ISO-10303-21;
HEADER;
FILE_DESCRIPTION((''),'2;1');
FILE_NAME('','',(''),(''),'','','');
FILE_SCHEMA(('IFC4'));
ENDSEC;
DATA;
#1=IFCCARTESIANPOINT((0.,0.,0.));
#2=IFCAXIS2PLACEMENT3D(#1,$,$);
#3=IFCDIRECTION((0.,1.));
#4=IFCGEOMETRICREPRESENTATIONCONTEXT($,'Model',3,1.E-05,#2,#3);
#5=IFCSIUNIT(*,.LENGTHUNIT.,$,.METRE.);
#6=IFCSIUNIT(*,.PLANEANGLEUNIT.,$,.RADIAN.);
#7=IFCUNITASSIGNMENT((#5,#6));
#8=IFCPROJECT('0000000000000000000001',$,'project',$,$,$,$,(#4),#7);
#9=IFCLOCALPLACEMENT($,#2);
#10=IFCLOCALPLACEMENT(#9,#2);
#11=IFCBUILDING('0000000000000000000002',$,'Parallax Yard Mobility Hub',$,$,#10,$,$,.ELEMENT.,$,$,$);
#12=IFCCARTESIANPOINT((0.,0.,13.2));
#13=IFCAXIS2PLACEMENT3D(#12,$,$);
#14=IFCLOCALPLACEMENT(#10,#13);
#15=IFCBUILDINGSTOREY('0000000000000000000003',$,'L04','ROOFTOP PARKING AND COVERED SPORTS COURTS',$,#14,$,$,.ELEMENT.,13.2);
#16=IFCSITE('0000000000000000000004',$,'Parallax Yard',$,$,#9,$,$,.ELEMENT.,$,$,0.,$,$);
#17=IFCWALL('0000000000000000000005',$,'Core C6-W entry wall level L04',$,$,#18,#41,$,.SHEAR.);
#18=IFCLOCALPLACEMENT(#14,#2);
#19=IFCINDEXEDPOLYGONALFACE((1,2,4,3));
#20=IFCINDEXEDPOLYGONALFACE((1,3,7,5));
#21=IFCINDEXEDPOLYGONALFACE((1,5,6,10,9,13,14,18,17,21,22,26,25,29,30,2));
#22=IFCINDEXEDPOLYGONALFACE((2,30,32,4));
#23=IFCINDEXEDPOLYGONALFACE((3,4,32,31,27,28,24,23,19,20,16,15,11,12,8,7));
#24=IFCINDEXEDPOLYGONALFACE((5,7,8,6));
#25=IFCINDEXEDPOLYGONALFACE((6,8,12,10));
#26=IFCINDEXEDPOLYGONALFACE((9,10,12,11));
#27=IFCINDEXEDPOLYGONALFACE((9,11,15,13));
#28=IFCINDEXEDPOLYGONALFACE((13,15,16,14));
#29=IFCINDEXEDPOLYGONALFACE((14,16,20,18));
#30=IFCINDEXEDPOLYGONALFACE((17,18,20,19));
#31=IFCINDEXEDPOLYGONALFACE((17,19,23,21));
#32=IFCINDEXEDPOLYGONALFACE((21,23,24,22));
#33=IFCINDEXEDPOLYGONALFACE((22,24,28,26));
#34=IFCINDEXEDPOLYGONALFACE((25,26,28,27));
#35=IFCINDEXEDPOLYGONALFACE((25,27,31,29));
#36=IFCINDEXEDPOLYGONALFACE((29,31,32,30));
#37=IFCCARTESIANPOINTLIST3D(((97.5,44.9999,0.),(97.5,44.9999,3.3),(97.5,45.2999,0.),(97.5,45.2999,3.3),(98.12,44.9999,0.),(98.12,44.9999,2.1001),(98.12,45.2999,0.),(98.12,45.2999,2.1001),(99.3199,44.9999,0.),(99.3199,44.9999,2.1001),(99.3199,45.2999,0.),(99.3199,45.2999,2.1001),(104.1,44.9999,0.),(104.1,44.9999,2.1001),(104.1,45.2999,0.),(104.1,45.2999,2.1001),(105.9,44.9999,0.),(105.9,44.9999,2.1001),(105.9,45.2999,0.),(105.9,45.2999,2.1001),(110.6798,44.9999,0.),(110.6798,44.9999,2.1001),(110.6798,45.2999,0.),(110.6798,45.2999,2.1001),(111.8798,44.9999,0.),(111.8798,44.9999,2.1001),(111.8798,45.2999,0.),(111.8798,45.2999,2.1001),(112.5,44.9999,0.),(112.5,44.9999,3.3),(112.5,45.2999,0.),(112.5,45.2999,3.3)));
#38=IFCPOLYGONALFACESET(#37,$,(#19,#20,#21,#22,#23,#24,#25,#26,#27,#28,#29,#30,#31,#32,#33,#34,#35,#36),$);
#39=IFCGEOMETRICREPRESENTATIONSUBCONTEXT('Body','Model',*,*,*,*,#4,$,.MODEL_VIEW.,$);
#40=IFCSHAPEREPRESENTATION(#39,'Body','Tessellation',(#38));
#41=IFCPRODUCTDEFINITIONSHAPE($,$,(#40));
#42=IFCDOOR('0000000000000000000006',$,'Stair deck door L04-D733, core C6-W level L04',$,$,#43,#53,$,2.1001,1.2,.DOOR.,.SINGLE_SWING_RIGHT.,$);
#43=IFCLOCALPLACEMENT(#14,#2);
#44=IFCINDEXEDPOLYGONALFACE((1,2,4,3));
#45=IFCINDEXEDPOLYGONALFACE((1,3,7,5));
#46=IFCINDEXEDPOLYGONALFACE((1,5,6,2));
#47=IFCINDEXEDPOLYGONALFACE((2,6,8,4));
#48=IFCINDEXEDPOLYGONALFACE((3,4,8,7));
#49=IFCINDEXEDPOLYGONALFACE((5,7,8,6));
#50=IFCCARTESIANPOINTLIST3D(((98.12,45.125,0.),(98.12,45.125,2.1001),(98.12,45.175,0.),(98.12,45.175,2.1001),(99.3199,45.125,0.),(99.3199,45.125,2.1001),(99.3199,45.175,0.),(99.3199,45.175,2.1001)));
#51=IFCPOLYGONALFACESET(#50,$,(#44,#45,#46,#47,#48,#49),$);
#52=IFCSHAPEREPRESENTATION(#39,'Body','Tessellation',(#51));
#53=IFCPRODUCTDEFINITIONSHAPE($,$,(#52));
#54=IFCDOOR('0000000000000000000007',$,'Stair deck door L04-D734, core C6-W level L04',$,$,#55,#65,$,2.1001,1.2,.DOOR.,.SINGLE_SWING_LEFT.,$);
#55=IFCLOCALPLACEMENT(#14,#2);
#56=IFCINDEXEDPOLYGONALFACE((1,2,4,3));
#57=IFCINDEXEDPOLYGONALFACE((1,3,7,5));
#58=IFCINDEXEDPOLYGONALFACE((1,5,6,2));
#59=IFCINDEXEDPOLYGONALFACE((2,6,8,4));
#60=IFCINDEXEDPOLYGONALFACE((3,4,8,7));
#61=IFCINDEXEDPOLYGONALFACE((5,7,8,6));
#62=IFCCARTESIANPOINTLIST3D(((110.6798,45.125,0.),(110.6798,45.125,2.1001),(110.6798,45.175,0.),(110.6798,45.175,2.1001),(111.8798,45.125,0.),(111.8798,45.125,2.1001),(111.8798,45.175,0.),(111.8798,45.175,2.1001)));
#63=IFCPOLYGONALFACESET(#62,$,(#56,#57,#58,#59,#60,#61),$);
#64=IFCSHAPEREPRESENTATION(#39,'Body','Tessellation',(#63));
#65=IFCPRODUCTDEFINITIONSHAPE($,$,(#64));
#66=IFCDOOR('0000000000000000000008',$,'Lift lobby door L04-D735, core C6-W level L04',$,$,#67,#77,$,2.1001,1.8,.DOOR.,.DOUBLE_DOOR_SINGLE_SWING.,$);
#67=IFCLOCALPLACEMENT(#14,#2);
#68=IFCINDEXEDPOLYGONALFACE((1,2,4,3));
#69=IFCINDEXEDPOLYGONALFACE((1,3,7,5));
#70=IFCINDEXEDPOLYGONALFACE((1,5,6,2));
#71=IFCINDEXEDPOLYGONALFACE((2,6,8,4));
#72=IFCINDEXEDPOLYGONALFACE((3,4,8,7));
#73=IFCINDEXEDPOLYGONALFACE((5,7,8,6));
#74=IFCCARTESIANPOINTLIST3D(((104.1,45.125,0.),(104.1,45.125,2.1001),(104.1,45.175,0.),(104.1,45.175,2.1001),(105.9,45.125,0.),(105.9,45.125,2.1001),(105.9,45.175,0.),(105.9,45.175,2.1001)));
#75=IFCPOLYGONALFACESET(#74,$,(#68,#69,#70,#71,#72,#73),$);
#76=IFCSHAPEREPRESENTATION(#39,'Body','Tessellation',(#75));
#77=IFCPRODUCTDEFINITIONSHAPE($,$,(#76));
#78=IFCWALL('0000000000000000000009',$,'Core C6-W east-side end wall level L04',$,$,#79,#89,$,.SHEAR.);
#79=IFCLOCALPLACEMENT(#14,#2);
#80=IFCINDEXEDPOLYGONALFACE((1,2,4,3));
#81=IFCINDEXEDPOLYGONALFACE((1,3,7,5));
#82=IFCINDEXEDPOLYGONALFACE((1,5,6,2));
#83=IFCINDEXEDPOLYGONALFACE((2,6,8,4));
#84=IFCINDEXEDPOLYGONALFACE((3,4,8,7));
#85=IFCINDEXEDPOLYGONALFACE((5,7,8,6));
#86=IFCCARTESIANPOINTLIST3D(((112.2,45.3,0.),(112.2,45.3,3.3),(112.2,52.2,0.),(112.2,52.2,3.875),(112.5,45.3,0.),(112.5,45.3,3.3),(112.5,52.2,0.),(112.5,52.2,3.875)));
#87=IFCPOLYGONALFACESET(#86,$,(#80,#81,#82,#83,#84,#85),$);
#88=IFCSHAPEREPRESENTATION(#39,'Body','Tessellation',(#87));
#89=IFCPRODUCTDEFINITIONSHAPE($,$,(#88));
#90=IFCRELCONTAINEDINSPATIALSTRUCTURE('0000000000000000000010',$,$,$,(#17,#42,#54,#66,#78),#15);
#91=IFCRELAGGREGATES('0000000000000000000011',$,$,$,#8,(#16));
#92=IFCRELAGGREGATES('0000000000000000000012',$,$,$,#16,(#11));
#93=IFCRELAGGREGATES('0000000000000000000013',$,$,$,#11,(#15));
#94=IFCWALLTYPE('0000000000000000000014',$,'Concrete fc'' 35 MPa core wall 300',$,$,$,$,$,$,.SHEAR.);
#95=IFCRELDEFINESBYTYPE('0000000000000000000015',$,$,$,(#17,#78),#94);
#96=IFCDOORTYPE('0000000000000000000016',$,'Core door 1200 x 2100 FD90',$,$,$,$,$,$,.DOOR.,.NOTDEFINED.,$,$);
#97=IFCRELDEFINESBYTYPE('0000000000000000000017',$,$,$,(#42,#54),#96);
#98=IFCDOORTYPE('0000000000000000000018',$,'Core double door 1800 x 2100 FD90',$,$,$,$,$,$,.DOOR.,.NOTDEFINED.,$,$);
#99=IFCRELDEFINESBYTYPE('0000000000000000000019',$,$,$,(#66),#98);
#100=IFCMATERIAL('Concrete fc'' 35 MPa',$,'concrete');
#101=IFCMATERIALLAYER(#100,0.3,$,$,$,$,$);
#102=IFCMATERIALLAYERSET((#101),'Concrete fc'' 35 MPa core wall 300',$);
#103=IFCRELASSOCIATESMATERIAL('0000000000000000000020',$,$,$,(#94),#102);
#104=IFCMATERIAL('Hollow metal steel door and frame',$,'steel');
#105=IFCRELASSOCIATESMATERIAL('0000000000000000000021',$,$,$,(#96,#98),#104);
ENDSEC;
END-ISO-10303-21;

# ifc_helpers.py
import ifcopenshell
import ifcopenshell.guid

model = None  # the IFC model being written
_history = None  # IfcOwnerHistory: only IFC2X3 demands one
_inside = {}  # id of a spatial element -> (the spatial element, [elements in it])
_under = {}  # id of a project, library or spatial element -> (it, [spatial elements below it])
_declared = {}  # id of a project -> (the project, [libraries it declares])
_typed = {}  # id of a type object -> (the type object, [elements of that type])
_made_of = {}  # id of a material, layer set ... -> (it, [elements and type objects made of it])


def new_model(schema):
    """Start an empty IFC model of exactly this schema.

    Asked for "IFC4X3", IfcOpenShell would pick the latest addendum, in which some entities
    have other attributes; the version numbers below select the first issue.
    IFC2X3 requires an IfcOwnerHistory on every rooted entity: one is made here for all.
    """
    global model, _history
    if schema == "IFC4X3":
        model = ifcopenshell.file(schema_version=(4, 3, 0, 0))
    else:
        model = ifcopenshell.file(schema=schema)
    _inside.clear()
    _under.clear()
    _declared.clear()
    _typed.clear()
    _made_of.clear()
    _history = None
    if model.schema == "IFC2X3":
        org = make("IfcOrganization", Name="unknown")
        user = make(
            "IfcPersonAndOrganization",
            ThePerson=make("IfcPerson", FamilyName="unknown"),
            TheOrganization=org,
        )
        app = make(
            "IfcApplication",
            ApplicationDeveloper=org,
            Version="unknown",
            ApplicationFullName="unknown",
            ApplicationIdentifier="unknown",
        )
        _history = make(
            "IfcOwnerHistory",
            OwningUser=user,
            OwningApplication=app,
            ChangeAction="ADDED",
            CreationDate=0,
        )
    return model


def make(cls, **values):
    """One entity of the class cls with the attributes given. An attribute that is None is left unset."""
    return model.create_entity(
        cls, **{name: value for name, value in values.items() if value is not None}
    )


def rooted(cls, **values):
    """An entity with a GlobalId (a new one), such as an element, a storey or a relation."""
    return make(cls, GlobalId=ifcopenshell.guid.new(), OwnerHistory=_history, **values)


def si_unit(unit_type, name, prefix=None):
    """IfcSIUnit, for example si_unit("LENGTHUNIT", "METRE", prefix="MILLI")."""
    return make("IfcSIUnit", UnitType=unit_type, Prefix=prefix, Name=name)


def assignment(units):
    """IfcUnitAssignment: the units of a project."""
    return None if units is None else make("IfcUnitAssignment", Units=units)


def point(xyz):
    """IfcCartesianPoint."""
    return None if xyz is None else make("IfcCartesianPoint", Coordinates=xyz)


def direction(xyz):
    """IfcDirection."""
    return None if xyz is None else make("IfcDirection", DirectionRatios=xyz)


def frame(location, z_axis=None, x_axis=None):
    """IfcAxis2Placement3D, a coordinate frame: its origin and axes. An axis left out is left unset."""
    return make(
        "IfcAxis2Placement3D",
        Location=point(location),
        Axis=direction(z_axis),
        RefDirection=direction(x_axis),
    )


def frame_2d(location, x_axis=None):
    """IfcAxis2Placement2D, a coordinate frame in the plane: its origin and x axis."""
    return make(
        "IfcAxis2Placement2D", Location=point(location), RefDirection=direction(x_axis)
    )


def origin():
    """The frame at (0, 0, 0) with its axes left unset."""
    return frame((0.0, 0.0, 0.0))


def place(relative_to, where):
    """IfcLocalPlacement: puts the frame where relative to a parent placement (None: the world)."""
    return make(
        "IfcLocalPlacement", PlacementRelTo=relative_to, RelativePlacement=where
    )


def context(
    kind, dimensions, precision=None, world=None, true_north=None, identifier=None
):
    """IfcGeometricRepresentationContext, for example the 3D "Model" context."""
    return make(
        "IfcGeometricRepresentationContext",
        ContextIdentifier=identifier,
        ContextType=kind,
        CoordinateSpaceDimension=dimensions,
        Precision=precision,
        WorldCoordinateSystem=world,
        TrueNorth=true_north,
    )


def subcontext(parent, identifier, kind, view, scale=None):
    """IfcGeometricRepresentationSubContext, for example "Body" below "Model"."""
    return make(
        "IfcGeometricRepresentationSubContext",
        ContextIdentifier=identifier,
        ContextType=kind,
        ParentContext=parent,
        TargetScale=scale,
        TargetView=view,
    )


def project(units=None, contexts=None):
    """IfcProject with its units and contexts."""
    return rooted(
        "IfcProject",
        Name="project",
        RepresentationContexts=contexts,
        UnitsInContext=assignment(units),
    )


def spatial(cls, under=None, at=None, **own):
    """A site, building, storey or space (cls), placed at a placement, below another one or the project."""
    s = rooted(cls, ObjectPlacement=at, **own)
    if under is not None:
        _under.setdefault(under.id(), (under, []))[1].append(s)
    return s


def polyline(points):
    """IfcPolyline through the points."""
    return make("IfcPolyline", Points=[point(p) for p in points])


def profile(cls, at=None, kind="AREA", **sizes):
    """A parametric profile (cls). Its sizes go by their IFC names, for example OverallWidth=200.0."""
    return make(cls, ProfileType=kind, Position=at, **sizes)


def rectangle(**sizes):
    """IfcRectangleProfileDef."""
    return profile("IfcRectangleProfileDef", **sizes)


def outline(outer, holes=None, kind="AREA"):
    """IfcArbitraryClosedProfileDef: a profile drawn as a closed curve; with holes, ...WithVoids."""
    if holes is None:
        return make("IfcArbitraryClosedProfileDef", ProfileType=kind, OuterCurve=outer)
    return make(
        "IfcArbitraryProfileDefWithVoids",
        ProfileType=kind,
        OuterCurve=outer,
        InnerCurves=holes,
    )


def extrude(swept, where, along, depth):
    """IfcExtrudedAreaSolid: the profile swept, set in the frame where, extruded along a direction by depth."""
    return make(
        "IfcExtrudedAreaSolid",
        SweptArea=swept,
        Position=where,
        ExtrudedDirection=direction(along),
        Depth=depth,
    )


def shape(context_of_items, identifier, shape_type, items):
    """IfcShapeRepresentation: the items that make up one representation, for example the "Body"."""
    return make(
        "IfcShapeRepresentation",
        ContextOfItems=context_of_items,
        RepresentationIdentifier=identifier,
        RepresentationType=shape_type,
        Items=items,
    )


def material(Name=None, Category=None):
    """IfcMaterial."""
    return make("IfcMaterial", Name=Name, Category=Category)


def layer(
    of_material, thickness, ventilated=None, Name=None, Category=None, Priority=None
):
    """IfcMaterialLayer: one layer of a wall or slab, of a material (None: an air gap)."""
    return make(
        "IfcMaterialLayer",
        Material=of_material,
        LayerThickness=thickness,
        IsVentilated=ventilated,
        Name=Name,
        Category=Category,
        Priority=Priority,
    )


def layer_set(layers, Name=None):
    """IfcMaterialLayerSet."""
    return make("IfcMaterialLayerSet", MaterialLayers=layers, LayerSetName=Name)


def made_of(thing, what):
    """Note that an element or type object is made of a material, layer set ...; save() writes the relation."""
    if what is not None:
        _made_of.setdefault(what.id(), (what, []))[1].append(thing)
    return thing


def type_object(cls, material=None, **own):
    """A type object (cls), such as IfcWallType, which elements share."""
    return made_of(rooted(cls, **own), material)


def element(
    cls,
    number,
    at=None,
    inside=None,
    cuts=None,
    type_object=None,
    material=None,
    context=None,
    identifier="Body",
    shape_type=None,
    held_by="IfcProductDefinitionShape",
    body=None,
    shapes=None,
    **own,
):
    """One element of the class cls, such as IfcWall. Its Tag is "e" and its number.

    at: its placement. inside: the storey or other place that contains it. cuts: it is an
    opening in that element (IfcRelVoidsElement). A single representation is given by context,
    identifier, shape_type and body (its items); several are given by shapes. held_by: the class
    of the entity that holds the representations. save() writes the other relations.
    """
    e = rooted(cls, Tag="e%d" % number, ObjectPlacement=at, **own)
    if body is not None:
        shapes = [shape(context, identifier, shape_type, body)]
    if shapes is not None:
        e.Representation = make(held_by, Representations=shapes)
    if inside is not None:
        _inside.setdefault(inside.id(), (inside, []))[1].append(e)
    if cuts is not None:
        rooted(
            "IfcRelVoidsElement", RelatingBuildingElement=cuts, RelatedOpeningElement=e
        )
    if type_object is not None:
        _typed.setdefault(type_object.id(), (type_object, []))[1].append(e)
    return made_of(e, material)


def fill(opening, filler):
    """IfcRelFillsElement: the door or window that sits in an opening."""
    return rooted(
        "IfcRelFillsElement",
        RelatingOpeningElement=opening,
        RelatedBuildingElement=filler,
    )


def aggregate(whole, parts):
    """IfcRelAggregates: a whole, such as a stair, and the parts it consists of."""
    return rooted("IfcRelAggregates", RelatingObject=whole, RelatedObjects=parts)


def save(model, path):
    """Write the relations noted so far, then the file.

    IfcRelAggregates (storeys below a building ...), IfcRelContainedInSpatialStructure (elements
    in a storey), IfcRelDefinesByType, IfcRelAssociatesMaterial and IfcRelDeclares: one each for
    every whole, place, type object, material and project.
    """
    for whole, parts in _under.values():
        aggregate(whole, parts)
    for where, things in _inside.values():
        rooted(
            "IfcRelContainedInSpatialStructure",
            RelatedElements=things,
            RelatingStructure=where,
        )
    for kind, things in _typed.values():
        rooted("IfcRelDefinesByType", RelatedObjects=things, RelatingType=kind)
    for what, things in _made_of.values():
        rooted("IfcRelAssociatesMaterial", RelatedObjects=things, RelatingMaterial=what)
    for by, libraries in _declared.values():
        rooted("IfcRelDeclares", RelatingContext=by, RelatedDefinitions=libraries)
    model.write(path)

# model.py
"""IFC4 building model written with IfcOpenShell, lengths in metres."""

from ifc_helpers import new_model, si_unit, direction, frame, frame_2d, origin, place, context, subcontext, project, spatial, polyline, rectangle, outline, extrude, material, layer, layer_set, type_object, element, fill, save


model = new_model("IFC4")

# Units and contexts
model_context = context("Model", 3, precision=1e-05, world=origin(), true_north=direction((0.0, 1.0)))
body_context = subcontext(model_context, "Body", "Model", "MODEL_VIEW")
ifc_project = project(units=[si_unit("LENGTHUNIT", "METRE"), si_unit("PLANEANGLEUNIT", "RADIAN")], contexts=[model_context])

# Site, building, storey
site_placement = place(None, origin())
site = spatial("IfcSite", under=ifc_project, at=site_placement, Name="Parallax Yard", CompositionType="ELEMENT", RefElevation=0.0)
building_placement = place(site_placement, origin())
building = spatial("IfcBuilding", under=site, at=building_placement, Name="Parallax Yard Mobility Hub", CompositionType="ELEMENT")
storey_placement = place(building_placement, frame((0.0, 0.0, 13.2)))
storey = spatial("IfcBuildingStorey", under=building, at=storey_placement, Name="L04", Description="ROOFTOP PARKING AND COVERED SPORTS COURTS", CompositionType="ELEMENT", Elevation=13.2)

# Wall, openings, doors
ifc_material_1 = material(Name="Concrete fc' 35 MPa", Category="concrete")
ifc_layer_1 = layer(ifc_material_1, 0.3)
ifc_layer_set_1 = layer_set([ifc_layer_1], Name="Concrete fc' 35 MPa core wall 300")
wall_type = type_object("IfcWallType", Name="Concrete fc' 35 MPa core wall 300", PredefinedType="SHEAR", material=ifc_layer_set_1)
wall_1_placement = place(storey_placement, frame((112.5, 45.1499, 0.0), z_axis=(0.0, 0.0, 1.0), x_axis=(-1.0, 0.0, 0.0)))
wall_1 = element("IfcWall", 1, at=wall_1_placement, inside=storey, type_object=wall_type, Name="Core C6-W entry wall level L04", PredefinedType="SHEAR", context=body_context, shape_type="SweptSolid", body=[
    extrude(rectangle(XDim=15.0, YDim=0.3, at=frame_2d((7.5, 0.0))), origin(), (0.0, 0.0, 1.0), 3.3),
])
opening_1_placement = place(wall_1_placement, frame((13.1799, 0.0, 0.0)))
opening_1 = element("IfcOpeningElement", 2, at=opening_1_placement, cuts=wall_1, PredefinedType="OPENING", context=body_context, shape_type="SweptSolid", body=[
    extrude(rectangle(XDim=1.2, YDim=2.1001, at=frame_2d((0.6001, 1.05))), frame((0.0, 0.1602, 0.0), z_axis=(0.0, -1.0, 0.0), x_axis=(1.0, 0.0, 0.0)), (0.0, 0.0, 1.0), 0.3201),
])
opening_2_placement = place(wall_1_placement, frame((0.6201, 0.0, 0.0)))
opening_2 = element("IfcOpeningElement", 3, at=opening_2_placement, cuts=wall_1, PredefinedType="OPENING", context=body_context, shape_type="SweptSolid", body=[
    extrude(rectangle(XDim=1.2, YDim=2.1001, at=frame_2d((0.6001, 1.05))), frame((0.0, 0.1602, 0.0), z_axis=(0.0, -1.0, 0.0), x_axis=(1.0, 0.0, 0.0)), (0.0, 0.0, 1.0), 0.3201),
])
opening_3_placement = place(wall_1_placement, frame((6.6001, 0.0, 0.0)))
opening_3 = element("IfcOpeningElement", 4, at=opening_3_placement, cuts=wall_1, PredefinedType="OPENING", context=body_context, shape_type="SweptSolid", body=[
    extrude(rectangle(XDim=1.8, YDim=2.1001, at=frame_2d((0.8999, 1.05))), frame((0.0, 0.1602, 0.0), z_axis=(0.0, -1.0, 0.0), x_axis=(1.0, 0.0, 0.0)), (0.0, 0.0, 1.0), 0.3201),
])
ifc_material_2 = material(Name="Hollow metal steel door and frame", Category="steel")
door_type_1 = type_object("IfcDoorType", Name="Core door 1200 x 2100 FD90", OperationType="NOTDEFINED", PredefinedType="DOOR", material=ifc_material_2)
door_1_placement = place(opening_1_placement, origin())
door_1 = element("IfcDoor", 5, at=door_1_placement, inside=storey, type_object=door_type_1, Name="Stair deck door L04-D733, core C6-W level L04", OperationType="SINGLE_SWING_RIGHT", OverallHeight=2.1001, OverallWidth=1.2, PredefinedType="DOOR", context=body_context, shape_type="SweptSolid", body=[
    extrude(rectangle(XDim=1.2, YDim=2.1001, at=frame_2d((0.6001, 1.05))), frame((0.0, 0.0249, 0.0), z_axis=(0.0, -1.0, 0.0), x_axis=(1.0, 0.0, 0.0)), (0.0, 0.0, 1.0), 0.05),
])
fill(opening_1, door_1)
door_2_placement = place(opening_2_placement, origin())
door_2 = element("IfcDoor", 6, at=door_2_placement, inside=storey, type_object=door_type_1, Name="Stair deck door L04-D734, core C6-W level L04", OperationType="SINGLE_SWING_LEFT", OverallHeight=2.1001, OverallWidth=1.2, PredefinedType="DOOR", context=body_context, shape_type="SweptSolid", body=[
    extrude(rectangle(XDim=1.2, YDim=2.1001, at=frame_2d((0.6001, 1.05))), frame((0.0, 0.0249, 0.0), z_axis=(0.0, -1.0, 0.0), x_axis=(1.0, 0.0, 0.0)), (0.0, 0.0, 1.0), 0.05),
])
fill(opening_2, door_2)
door_type_2 = type_object("IfcDoorType", Name="Core double door 1800 x 2100 FD90", OperationType="NOTDEFINED", PredefinedType="DOOR", material=ifc_material_2)
door_3_placement = place(opening_3_placement, origin())
door_3 = element("IfcDoor", 7, at=door_3_placement, inside=storey, type_object=door_type_2, Name="Lift lobby door L04-D735, core C6-W level L04", OperationType="DOUBLE_DOOR_SINGLE_SWING", OverallHeight=2.1001, OverallWidth=1.8, PredefinedType="DOOR", context=body_context, shape_type="SweptSolid", body=[
    extrude(rectangle(XDim=1.8, YDim=2.1001, at=frame_2d((0.8999, 1.05))), frame((0.0, 0.0249, 0.0), z_axis=(0.0, -1.0, 0.0), x_axis=(1.0, 0.0, 0.0)), (0.0, 0.0, 1.0), 0.05),
])
fill(opening_3, door_3)

# Wall
wall_2_placement = place(storey_placement, frame((112.3501, 52.2, 0.0), z_axis=(0.0, 0.0, 1.0), x_axis=(0.0, -1.0, 0.0)))
element("IfcWall", 8, at=wall_2_placement, inside=storey, type_object=wall_type, Name="Core C6-W east-side end wall level L04", PredefinedType="SHEAR", context=body_context, shape_type="SweptSolid", body=[
    extrude(outline(polyline([(0.0, 0.0), (6.8999, 0.0), (6.8999, 3.3), (0.0, 3.875), (0.0, 0.0)])), frame((0.0, 0.1499, 0.0), z_axis=(0.0, -1.0, 0.0), x_axis=(1.0, 0.0, 0.0)), (0.0, 0.0, 1.0), 0.3),
])

save(model, "model.ifc")
